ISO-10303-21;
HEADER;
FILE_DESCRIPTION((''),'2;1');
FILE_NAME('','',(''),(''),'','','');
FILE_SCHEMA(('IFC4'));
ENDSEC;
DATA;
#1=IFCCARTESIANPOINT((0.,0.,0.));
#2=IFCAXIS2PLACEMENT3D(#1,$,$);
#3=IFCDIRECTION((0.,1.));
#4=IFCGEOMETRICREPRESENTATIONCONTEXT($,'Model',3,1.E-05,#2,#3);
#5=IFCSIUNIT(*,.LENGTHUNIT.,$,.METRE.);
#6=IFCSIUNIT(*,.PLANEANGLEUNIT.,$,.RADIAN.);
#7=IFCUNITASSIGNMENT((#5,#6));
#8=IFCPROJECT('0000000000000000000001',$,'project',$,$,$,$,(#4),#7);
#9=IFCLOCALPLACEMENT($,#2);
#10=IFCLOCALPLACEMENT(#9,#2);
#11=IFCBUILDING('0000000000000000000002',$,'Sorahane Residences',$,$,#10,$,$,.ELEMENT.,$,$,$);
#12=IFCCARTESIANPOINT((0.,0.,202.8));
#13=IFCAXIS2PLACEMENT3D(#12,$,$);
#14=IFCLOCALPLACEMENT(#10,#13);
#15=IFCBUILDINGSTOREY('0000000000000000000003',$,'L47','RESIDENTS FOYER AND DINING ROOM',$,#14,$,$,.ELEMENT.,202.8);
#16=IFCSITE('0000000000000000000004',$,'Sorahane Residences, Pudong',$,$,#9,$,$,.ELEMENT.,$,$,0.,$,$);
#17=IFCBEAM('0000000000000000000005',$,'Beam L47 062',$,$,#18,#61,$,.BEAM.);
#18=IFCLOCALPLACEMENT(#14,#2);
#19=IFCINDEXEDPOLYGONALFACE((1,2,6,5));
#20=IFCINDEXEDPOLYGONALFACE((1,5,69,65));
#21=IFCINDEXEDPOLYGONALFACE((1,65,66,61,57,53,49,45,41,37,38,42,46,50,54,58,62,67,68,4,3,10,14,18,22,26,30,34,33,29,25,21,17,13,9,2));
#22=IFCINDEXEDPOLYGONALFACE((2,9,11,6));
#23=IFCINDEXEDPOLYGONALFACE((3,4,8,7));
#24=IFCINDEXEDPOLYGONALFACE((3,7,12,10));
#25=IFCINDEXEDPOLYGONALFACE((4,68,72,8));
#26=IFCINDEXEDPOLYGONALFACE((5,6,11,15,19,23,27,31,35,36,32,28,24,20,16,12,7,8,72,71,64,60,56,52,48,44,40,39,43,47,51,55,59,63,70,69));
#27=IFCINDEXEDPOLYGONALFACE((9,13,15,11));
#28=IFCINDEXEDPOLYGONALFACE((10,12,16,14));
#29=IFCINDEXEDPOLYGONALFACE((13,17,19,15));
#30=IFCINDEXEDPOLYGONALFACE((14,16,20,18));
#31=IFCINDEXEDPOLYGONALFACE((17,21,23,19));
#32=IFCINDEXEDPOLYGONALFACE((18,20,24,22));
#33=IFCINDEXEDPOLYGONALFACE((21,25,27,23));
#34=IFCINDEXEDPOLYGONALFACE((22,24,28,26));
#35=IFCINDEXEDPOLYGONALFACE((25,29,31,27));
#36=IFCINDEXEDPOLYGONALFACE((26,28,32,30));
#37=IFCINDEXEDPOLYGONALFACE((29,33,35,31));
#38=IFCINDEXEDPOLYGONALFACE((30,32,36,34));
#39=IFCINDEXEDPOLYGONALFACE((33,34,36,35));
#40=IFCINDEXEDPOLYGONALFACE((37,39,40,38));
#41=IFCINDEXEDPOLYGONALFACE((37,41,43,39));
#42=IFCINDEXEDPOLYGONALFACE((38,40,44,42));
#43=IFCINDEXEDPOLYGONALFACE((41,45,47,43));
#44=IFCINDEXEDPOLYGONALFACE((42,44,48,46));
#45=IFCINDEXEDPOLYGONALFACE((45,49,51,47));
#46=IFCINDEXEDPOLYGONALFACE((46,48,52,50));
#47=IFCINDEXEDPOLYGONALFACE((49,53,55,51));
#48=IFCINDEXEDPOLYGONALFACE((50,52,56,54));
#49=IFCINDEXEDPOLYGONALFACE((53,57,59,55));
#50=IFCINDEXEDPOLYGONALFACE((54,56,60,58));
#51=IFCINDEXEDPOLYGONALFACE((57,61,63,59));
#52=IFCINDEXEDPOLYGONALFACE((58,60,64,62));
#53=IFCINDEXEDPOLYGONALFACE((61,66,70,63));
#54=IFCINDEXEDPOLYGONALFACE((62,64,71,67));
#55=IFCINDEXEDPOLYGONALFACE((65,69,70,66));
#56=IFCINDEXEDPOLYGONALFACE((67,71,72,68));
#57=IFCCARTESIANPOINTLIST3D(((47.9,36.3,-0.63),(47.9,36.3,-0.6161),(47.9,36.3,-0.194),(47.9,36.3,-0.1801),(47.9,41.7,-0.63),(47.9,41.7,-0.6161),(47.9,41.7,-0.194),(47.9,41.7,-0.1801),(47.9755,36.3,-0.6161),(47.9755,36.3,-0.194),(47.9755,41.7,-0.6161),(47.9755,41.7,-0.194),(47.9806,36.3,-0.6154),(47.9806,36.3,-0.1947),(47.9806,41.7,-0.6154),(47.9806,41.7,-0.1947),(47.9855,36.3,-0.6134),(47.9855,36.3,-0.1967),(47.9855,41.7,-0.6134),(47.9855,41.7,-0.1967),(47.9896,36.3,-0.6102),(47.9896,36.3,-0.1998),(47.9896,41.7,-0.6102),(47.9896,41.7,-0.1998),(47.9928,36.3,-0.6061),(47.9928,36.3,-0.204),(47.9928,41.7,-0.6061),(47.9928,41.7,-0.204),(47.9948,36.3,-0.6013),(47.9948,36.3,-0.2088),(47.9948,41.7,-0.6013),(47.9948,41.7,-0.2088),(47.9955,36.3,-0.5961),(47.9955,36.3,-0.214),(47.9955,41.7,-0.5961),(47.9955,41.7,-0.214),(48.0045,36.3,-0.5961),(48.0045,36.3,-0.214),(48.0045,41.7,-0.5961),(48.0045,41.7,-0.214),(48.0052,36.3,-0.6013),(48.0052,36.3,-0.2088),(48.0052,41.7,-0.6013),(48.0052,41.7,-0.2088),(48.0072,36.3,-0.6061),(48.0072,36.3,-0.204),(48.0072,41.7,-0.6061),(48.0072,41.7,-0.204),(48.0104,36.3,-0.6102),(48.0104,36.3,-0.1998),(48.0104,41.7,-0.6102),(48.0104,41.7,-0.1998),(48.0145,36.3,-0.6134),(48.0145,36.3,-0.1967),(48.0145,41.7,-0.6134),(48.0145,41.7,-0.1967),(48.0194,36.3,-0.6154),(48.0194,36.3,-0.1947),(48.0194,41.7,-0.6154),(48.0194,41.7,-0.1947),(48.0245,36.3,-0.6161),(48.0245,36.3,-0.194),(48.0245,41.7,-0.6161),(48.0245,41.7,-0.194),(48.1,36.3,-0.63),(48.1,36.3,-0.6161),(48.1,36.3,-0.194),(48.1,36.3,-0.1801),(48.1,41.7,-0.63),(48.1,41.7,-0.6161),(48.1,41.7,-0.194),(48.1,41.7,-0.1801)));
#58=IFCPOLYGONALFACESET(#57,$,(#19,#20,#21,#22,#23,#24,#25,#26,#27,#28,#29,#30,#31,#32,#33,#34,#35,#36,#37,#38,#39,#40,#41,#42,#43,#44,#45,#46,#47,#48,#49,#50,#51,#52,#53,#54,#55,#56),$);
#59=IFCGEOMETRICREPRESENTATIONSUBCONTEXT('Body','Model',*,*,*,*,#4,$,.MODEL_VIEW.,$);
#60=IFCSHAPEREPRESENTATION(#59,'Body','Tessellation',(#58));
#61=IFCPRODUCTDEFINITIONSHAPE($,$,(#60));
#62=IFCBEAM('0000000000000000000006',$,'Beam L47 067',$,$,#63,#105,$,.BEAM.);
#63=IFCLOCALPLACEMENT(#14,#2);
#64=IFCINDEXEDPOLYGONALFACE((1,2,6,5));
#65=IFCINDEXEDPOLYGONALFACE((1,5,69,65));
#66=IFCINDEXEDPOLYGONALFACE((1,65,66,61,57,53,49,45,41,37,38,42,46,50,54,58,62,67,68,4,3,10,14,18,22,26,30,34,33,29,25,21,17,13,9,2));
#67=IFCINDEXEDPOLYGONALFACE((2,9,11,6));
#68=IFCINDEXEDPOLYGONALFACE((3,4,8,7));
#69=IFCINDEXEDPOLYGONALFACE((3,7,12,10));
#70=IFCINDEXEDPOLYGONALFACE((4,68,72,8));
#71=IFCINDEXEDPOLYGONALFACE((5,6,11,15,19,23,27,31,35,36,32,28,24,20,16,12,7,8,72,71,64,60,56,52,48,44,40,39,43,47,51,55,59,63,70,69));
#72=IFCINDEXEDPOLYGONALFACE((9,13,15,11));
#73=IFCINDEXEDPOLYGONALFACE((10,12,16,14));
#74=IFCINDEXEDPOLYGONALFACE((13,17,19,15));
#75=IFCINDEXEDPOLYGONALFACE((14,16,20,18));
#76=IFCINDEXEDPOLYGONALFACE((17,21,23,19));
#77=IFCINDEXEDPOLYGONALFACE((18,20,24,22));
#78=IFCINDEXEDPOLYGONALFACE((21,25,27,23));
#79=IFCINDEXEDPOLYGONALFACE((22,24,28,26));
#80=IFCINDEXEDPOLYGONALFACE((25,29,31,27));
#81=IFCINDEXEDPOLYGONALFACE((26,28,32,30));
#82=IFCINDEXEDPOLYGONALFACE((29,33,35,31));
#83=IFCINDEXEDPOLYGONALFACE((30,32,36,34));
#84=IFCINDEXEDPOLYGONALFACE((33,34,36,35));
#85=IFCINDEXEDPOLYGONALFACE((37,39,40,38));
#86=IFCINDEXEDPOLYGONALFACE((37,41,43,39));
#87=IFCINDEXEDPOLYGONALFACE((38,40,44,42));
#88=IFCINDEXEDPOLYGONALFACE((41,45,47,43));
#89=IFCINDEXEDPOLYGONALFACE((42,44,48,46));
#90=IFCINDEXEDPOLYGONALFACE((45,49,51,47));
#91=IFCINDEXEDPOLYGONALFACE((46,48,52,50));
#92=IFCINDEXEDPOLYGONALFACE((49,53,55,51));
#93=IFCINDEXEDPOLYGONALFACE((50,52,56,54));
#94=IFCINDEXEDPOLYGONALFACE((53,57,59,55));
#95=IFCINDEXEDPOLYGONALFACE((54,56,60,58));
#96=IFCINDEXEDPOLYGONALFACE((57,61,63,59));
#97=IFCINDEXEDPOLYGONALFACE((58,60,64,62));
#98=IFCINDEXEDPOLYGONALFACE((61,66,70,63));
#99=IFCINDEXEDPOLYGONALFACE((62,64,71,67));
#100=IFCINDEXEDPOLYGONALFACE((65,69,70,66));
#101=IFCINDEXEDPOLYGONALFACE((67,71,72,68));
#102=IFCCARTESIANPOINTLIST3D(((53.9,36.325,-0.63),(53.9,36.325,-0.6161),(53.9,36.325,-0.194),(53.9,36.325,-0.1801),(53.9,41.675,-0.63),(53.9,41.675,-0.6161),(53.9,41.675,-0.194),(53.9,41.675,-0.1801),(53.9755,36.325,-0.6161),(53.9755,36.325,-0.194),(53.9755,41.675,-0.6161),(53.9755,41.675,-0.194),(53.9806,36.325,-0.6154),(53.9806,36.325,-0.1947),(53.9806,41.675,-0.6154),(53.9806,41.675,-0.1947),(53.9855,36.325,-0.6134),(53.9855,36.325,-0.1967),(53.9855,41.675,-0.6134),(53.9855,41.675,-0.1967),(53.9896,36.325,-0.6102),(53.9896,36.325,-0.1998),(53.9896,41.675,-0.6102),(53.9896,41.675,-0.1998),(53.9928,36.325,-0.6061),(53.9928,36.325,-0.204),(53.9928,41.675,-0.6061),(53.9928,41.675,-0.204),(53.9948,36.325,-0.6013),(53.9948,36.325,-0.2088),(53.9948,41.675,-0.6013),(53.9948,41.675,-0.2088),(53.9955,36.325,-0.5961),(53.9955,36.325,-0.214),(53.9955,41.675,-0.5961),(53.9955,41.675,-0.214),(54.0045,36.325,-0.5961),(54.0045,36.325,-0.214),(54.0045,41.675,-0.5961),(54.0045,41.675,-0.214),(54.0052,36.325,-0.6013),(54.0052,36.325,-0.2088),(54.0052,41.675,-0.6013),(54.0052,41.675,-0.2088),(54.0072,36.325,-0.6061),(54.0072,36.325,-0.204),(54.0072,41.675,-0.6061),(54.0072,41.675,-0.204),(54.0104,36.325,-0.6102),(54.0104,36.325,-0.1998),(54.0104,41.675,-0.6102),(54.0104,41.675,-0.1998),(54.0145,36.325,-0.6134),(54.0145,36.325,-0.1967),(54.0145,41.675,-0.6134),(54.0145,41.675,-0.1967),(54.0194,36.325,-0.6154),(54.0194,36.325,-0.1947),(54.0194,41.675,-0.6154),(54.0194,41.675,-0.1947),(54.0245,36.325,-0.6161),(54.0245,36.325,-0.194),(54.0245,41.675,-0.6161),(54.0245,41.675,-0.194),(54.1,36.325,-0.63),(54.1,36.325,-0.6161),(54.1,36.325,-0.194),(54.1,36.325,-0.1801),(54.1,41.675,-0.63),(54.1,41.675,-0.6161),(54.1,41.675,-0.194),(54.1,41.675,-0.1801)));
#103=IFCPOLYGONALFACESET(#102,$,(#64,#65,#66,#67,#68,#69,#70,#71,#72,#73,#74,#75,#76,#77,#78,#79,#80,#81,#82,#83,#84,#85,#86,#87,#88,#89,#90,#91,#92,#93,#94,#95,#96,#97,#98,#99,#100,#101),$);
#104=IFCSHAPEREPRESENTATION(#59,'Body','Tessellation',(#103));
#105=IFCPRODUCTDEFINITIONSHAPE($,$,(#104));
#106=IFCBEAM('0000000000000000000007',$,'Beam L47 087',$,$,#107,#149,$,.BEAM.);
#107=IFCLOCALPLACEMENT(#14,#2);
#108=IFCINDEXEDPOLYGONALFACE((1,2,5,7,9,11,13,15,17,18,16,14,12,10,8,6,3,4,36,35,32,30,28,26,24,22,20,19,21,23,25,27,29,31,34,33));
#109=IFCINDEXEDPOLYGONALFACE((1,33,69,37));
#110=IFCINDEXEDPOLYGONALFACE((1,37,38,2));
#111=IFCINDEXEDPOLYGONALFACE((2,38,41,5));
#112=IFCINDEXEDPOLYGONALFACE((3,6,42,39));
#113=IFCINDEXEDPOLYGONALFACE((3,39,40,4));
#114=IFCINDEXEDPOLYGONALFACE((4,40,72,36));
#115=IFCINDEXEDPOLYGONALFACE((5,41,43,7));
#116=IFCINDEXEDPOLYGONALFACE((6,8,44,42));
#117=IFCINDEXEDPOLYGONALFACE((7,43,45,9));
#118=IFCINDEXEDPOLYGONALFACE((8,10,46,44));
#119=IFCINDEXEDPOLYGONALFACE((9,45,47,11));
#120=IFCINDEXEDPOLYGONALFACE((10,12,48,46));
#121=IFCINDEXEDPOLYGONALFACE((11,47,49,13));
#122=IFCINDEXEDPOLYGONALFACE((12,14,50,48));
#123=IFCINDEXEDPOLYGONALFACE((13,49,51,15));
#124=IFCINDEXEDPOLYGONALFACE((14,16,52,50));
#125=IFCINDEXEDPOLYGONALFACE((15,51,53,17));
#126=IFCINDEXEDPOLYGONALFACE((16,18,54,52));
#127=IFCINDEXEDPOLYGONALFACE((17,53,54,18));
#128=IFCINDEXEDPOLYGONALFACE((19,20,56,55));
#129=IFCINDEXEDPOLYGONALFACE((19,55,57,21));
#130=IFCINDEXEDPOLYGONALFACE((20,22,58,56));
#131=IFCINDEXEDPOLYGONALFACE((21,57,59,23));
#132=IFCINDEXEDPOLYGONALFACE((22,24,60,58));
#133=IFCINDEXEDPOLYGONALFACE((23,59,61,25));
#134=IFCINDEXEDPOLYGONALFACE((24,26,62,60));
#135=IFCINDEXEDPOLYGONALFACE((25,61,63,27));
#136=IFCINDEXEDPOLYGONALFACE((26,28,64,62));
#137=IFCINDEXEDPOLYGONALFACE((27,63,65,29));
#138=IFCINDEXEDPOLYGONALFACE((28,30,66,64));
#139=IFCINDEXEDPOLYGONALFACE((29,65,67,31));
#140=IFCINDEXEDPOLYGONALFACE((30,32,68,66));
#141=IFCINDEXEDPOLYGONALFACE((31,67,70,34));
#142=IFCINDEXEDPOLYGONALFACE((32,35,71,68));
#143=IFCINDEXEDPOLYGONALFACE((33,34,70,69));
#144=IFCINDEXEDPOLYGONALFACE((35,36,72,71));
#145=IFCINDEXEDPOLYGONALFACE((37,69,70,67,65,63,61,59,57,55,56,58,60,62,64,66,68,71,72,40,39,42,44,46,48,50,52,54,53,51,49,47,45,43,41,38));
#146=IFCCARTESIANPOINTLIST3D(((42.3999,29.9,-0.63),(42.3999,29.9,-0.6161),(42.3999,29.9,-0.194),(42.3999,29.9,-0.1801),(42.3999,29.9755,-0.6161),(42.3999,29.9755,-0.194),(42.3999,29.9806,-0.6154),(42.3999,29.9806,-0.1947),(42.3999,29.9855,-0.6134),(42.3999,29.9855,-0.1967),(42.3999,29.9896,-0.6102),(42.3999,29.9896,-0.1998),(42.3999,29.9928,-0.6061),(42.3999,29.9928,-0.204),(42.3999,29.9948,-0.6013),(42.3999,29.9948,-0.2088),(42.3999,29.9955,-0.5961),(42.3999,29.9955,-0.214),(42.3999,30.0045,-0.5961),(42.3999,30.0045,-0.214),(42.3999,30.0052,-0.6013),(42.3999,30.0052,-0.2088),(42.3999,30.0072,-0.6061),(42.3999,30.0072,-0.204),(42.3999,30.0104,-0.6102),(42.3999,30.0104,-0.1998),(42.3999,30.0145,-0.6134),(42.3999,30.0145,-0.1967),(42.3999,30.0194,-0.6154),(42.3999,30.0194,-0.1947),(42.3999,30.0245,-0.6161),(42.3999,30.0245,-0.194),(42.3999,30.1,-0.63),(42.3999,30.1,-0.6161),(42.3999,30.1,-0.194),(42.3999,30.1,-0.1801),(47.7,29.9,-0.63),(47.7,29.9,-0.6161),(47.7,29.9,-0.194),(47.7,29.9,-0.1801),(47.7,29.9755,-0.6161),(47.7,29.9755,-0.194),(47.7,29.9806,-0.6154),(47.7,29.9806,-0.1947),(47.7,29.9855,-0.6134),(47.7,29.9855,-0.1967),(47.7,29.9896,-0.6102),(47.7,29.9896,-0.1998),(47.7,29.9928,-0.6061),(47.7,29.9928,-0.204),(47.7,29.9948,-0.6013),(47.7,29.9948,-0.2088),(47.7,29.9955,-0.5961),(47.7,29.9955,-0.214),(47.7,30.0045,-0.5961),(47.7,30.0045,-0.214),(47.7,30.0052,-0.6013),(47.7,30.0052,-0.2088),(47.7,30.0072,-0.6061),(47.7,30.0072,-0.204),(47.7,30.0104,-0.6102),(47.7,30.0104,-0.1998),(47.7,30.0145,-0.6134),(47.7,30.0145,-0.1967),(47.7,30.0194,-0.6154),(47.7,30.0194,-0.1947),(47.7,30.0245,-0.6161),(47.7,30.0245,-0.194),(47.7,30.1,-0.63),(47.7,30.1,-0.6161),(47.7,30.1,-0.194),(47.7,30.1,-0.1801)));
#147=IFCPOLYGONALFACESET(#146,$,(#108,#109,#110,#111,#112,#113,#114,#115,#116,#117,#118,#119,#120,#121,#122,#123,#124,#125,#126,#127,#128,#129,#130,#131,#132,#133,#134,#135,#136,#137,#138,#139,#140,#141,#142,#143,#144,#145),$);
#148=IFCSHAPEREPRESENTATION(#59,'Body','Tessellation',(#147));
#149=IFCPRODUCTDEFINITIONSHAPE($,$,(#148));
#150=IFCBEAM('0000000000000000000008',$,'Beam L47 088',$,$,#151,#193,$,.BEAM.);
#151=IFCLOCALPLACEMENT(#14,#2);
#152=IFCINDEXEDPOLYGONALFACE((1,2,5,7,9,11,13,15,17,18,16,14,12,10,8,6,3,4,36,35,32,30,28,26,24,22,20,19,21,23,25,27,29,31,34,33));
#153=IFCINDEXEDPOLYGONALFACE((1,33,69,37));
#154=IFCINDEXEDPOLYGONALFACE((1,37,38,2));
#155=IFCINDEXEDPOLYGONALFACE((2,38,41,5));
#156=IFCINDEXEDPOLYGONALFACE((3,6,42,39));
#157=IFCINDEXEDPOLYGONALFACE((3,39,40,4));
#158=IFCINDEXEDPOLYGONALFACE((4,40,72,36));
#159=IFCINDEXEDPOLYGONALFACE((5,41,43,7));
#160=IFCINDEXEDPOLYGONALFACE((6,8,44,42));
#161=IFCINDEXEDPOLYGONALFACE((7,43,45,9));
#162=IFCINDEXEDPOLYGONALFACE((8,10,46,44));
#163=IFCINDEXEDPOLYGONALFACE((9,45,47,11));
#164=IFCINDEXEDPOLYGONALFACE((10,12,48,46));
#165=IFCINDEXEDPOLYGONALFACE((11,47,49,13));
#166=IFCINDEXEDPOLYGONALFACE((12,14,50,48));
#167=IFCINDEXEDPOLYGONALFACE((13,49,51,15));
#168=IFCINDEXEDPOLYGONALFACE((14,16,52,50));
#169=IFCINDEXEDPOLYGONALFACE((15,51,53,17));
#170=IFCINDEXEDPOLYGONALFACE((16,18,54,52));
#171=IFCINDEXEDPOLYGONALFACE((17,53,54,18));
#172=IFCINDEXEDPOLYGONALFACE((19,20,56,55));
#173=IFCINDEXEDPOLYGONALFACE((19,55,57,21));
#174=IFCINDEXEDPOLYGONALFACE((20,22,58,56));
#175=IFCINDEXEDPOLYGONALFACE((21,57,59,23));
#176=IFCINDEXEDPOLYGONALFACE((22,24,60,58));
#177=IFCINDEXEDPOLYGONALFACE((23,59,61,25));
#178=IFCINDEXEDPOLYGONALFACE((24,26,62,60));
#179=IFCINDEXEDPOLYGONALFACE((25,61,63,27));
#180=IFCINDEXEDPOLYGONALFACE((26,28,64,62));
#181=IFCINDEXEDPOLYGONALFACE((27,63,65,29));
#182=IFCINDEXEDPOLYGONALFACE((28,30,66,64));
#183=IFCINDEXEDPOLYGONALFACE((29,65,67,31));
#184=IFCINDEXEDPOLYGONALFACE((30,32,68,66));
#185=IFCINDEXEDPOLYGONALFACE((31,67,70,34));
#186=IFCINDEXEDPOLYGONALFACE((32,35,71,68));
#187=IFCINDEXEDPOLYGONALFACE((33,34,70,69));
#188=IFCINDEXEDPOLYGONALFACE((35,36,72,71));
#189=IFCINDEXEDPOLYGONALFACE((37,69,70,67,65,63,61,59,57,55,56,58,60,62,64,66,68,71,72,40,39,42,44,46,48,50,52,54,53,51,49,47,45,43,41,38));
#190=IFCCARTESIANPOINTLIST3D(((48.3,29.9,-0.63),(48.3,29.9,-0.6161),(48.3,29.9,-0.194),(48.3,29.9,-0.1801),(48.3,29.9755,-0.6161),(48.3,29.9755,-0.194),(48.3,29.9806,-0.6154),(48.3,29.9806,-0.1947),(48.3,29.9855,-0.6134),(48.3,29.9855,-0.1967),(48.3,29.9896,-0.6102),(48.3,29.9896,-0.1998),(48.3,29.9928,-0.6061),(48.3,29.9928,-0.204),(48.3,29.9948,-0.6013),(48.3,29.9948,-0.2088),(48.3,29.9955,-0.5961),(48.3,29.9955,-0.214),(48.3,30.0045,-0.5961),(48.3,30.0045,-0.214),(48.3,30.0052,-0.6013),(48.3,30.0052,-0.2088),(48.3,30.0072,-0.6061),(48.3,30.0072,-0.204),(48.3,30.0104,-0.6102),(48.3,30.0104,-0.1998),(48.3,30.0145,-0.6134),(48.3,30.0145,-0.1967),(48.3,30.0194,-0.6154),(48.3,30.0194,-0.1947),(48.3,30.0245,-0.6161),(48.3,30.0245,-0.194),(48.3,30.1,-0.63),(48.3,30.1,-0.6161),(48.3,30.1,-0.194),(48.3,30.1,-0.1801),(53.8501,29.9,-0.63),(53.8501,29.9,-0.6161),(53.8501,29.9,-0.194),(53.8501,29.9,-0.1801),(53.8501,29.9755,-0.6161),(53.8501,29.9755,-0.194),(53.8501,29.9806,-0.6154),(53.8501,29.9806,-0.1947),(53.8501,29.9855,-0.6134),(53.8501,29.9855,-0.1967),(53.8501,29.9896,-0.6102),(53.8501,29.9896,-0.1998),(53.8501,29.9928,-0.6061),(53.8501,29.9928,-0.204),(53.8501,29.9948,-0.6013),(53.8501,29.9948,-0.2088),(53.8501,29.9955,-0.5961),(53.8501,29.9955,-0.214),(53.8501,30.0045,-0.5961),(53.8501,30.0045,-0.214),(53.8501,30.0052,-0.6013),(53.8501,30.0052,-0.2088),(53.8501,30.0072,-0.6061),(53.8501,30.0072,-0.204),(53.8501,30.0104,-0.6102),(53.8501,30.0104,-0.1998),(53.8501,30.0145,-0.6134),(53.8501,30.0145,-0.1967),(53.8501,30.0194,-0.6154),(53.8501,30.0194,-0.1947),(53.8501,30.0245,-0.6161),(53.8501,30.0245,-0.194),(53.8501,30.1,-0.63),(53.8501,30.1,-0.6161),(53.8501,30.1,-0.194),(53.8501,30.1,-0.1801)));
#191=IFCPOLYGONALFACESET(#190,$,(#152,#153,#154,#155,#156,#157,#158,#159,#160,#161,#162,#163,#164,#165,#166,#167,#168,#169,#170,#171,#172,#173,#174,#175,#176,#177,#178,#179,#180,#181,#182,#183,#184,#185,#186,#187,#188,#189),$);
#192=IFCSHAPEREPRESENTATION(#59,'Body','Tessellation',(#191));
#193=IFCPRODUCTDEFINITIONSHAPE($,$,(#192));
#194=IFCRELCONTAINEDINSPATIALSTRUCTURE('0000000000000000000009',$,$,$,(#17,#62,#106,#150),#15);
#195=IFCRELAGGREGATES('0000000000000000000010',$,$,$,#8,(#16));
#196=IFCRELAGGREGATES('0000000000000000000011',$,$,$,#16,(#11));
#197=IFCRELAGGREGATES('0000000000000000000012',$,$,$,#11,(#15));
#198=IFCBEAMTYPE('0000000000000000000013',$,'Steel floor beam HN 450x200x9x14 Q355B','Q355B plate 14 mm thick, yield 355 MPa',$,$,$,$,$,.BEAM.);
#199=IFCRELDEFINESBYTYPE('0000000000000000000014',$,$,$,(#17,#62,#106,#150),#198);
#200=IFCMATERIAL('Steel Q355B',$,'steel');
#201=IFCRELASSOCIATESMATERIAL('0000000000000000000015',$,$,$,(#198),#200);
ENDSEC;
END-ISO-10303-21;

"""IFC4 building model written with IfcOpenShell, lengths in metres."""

from ifc_helpers import new_model, si_unit, direction, frame, origin, origin_2d, place, context, subcontext, project, spatial, i_section, extrude, material, material_profile, profile_set, type_object, element, save


model = new_model("IFC4")

# Units and contexts
model_context = context("Model", 3, precision=1e-05, world=origin(), true_north=direction((0.0, 1.0)))
body_context = subcontext(model_context, "Body", "Model", "MODEL_VIEW")
ifc_project = project(units=[si_unit("LENGTHUNIT", "METRE"), si_unit("PLANEANGLEUNIT", "RADIAN")], contexts=[model_context])

# Site, building, storey
site_placement = place(None, origin())
site = spatial("IfcSite", under=ifc_project, at=site_placement, Name="Sorahane Residences, Pudong", CompositionType="ELEMENT", RefElevation=0.0)
building_placement = place(site_placement, origin())
building = spatial("IfcBuilding", under=site, at=building_placement, Name="Sorahane Residences", CompositionType="ELEMENT")
storey_placement = place(building_placement, frame((0.0, 0.0, 202.8)))
storey = spatial("IfcBuildingStorey", under=building, at=storey_placement, Name="L47", Description="RESIDENTS FOYER AND DINING ROOM", CompositionType="ELEMENT", Elevation=202.8)

# Beams
ifc_material_1 = material(Name="Steel Q355B", Category="steel")
ifc_material_profile_1 = material_profile(ifc_material_1, i_section(OverallWidth=0.2, OverallDepth=0.45, WebThickness=0.009, FlangeThickness=0.0139, FilletRadius=0.02, at=origin_2d()), Name="HN 450x200x9x14")
ifc_profile_set_1 = profile_set([ifc_material_profile_1], Name="Steel Q355B")
beam_type_1 = type_object("IfcBeamType", Name="Steel floor beam HN 450x200x9x14 Q355B", Description="Q355B plate 14 mm thick, yield 355 MPa", PredefinedType="BEAM", material=ifc_profile_set_1)
for number, where, z_axis, x_axis, name in (
    (1, (48.0, 36.3, -0.405), (0.0, 1.0, 0.0), (-1.0, 0.0, 0.0), "Beam L47 062"),
):
    element("IfcBeam", number, at=place(storey_placement, frame(where, z_axis=z_axis, x_axis=x_axis)), inside=storey, type_object=beam_type_1, Name=name, PredefinedType="BEAM", context=body_context, shape_type="SweptSolid", body=[
        extrude(i_section(OverallWidth=0.2, OverallDepth=0.45, WebThickness=0.009, FlangeThickness=0.0139, FilletRadius=0.02, at=origin_2d()), origin(), (0.0, 0.0, 1.0), 5.3999),
    ])
beam_1_placement = place(storey_placement, frame((54.0, 36.325, -0.405), z_axis=(0.0, 1.0, 0.0), x_axis=(-1.0, 0.0, 0.0)))
element("IfcBeam", 2, at=beam_1_placement, inside=storey, type_object=beam_type_1, Name="Beam L47 067", PredefinedType="BEAM", context=body_context, shape_type="SweptSolid", body=[
    extrude(i_section(OverallWidth=0.2, OverallDepth=0.45, WebThickness=0.009, FlangeThickness=0.0139, FilletRadius=0.02, at=origin_2d()), origin(), (0.0, 0.0, 1.0), 5.3501),
])
beam_2_placement = place(storey_placement, frame((42.3999, 30.0, -0.405), z_axis=(1.0, 0.0, 0.0), x_axis=(0.0, 1.0, 0.0)))
element("IfcBeam", 3, at=beam_2_placement, inside=storey, type_object=beam_type_1, Name="Beam L47 087", PredefinedType="BEAM", context=body_context, shape_type="SweptSolid", body=[
    extrude(i_section(OverallWidth=0.2, OverallDepth=0.45, WebThickness=0.009, FlangeThickness=0.0139, FilletRadius=0.02, at=origin_2d()), origin(), (0.0, 0.0, 1.0), 5.3),
])
beam_3_placement = place(storey_placement, frame((48.3, 30.0, -0.405), z_axis=(1.0, 0.0, 0.0), x_axis=(0.0, 1.0, 0.0)))
element("IfcBeam", 4, at=beam_3_placement, inside=storey, type_object=beam_type_1, Name="Beam L47 088", PredefinedType="BEAM", context=body_context, shape_type="SweptSolid", body=[
    extrude(i_section(OverallWidth=0.2, OverallDepth=0.45, WebThickness=0.009, FlangeThickness=0.0139, FilletRadius=0.02, at=origin_2d()), origin(), (0.0, 0.0, 1.0), 5.55),
])

save(model, "model.ifc")
